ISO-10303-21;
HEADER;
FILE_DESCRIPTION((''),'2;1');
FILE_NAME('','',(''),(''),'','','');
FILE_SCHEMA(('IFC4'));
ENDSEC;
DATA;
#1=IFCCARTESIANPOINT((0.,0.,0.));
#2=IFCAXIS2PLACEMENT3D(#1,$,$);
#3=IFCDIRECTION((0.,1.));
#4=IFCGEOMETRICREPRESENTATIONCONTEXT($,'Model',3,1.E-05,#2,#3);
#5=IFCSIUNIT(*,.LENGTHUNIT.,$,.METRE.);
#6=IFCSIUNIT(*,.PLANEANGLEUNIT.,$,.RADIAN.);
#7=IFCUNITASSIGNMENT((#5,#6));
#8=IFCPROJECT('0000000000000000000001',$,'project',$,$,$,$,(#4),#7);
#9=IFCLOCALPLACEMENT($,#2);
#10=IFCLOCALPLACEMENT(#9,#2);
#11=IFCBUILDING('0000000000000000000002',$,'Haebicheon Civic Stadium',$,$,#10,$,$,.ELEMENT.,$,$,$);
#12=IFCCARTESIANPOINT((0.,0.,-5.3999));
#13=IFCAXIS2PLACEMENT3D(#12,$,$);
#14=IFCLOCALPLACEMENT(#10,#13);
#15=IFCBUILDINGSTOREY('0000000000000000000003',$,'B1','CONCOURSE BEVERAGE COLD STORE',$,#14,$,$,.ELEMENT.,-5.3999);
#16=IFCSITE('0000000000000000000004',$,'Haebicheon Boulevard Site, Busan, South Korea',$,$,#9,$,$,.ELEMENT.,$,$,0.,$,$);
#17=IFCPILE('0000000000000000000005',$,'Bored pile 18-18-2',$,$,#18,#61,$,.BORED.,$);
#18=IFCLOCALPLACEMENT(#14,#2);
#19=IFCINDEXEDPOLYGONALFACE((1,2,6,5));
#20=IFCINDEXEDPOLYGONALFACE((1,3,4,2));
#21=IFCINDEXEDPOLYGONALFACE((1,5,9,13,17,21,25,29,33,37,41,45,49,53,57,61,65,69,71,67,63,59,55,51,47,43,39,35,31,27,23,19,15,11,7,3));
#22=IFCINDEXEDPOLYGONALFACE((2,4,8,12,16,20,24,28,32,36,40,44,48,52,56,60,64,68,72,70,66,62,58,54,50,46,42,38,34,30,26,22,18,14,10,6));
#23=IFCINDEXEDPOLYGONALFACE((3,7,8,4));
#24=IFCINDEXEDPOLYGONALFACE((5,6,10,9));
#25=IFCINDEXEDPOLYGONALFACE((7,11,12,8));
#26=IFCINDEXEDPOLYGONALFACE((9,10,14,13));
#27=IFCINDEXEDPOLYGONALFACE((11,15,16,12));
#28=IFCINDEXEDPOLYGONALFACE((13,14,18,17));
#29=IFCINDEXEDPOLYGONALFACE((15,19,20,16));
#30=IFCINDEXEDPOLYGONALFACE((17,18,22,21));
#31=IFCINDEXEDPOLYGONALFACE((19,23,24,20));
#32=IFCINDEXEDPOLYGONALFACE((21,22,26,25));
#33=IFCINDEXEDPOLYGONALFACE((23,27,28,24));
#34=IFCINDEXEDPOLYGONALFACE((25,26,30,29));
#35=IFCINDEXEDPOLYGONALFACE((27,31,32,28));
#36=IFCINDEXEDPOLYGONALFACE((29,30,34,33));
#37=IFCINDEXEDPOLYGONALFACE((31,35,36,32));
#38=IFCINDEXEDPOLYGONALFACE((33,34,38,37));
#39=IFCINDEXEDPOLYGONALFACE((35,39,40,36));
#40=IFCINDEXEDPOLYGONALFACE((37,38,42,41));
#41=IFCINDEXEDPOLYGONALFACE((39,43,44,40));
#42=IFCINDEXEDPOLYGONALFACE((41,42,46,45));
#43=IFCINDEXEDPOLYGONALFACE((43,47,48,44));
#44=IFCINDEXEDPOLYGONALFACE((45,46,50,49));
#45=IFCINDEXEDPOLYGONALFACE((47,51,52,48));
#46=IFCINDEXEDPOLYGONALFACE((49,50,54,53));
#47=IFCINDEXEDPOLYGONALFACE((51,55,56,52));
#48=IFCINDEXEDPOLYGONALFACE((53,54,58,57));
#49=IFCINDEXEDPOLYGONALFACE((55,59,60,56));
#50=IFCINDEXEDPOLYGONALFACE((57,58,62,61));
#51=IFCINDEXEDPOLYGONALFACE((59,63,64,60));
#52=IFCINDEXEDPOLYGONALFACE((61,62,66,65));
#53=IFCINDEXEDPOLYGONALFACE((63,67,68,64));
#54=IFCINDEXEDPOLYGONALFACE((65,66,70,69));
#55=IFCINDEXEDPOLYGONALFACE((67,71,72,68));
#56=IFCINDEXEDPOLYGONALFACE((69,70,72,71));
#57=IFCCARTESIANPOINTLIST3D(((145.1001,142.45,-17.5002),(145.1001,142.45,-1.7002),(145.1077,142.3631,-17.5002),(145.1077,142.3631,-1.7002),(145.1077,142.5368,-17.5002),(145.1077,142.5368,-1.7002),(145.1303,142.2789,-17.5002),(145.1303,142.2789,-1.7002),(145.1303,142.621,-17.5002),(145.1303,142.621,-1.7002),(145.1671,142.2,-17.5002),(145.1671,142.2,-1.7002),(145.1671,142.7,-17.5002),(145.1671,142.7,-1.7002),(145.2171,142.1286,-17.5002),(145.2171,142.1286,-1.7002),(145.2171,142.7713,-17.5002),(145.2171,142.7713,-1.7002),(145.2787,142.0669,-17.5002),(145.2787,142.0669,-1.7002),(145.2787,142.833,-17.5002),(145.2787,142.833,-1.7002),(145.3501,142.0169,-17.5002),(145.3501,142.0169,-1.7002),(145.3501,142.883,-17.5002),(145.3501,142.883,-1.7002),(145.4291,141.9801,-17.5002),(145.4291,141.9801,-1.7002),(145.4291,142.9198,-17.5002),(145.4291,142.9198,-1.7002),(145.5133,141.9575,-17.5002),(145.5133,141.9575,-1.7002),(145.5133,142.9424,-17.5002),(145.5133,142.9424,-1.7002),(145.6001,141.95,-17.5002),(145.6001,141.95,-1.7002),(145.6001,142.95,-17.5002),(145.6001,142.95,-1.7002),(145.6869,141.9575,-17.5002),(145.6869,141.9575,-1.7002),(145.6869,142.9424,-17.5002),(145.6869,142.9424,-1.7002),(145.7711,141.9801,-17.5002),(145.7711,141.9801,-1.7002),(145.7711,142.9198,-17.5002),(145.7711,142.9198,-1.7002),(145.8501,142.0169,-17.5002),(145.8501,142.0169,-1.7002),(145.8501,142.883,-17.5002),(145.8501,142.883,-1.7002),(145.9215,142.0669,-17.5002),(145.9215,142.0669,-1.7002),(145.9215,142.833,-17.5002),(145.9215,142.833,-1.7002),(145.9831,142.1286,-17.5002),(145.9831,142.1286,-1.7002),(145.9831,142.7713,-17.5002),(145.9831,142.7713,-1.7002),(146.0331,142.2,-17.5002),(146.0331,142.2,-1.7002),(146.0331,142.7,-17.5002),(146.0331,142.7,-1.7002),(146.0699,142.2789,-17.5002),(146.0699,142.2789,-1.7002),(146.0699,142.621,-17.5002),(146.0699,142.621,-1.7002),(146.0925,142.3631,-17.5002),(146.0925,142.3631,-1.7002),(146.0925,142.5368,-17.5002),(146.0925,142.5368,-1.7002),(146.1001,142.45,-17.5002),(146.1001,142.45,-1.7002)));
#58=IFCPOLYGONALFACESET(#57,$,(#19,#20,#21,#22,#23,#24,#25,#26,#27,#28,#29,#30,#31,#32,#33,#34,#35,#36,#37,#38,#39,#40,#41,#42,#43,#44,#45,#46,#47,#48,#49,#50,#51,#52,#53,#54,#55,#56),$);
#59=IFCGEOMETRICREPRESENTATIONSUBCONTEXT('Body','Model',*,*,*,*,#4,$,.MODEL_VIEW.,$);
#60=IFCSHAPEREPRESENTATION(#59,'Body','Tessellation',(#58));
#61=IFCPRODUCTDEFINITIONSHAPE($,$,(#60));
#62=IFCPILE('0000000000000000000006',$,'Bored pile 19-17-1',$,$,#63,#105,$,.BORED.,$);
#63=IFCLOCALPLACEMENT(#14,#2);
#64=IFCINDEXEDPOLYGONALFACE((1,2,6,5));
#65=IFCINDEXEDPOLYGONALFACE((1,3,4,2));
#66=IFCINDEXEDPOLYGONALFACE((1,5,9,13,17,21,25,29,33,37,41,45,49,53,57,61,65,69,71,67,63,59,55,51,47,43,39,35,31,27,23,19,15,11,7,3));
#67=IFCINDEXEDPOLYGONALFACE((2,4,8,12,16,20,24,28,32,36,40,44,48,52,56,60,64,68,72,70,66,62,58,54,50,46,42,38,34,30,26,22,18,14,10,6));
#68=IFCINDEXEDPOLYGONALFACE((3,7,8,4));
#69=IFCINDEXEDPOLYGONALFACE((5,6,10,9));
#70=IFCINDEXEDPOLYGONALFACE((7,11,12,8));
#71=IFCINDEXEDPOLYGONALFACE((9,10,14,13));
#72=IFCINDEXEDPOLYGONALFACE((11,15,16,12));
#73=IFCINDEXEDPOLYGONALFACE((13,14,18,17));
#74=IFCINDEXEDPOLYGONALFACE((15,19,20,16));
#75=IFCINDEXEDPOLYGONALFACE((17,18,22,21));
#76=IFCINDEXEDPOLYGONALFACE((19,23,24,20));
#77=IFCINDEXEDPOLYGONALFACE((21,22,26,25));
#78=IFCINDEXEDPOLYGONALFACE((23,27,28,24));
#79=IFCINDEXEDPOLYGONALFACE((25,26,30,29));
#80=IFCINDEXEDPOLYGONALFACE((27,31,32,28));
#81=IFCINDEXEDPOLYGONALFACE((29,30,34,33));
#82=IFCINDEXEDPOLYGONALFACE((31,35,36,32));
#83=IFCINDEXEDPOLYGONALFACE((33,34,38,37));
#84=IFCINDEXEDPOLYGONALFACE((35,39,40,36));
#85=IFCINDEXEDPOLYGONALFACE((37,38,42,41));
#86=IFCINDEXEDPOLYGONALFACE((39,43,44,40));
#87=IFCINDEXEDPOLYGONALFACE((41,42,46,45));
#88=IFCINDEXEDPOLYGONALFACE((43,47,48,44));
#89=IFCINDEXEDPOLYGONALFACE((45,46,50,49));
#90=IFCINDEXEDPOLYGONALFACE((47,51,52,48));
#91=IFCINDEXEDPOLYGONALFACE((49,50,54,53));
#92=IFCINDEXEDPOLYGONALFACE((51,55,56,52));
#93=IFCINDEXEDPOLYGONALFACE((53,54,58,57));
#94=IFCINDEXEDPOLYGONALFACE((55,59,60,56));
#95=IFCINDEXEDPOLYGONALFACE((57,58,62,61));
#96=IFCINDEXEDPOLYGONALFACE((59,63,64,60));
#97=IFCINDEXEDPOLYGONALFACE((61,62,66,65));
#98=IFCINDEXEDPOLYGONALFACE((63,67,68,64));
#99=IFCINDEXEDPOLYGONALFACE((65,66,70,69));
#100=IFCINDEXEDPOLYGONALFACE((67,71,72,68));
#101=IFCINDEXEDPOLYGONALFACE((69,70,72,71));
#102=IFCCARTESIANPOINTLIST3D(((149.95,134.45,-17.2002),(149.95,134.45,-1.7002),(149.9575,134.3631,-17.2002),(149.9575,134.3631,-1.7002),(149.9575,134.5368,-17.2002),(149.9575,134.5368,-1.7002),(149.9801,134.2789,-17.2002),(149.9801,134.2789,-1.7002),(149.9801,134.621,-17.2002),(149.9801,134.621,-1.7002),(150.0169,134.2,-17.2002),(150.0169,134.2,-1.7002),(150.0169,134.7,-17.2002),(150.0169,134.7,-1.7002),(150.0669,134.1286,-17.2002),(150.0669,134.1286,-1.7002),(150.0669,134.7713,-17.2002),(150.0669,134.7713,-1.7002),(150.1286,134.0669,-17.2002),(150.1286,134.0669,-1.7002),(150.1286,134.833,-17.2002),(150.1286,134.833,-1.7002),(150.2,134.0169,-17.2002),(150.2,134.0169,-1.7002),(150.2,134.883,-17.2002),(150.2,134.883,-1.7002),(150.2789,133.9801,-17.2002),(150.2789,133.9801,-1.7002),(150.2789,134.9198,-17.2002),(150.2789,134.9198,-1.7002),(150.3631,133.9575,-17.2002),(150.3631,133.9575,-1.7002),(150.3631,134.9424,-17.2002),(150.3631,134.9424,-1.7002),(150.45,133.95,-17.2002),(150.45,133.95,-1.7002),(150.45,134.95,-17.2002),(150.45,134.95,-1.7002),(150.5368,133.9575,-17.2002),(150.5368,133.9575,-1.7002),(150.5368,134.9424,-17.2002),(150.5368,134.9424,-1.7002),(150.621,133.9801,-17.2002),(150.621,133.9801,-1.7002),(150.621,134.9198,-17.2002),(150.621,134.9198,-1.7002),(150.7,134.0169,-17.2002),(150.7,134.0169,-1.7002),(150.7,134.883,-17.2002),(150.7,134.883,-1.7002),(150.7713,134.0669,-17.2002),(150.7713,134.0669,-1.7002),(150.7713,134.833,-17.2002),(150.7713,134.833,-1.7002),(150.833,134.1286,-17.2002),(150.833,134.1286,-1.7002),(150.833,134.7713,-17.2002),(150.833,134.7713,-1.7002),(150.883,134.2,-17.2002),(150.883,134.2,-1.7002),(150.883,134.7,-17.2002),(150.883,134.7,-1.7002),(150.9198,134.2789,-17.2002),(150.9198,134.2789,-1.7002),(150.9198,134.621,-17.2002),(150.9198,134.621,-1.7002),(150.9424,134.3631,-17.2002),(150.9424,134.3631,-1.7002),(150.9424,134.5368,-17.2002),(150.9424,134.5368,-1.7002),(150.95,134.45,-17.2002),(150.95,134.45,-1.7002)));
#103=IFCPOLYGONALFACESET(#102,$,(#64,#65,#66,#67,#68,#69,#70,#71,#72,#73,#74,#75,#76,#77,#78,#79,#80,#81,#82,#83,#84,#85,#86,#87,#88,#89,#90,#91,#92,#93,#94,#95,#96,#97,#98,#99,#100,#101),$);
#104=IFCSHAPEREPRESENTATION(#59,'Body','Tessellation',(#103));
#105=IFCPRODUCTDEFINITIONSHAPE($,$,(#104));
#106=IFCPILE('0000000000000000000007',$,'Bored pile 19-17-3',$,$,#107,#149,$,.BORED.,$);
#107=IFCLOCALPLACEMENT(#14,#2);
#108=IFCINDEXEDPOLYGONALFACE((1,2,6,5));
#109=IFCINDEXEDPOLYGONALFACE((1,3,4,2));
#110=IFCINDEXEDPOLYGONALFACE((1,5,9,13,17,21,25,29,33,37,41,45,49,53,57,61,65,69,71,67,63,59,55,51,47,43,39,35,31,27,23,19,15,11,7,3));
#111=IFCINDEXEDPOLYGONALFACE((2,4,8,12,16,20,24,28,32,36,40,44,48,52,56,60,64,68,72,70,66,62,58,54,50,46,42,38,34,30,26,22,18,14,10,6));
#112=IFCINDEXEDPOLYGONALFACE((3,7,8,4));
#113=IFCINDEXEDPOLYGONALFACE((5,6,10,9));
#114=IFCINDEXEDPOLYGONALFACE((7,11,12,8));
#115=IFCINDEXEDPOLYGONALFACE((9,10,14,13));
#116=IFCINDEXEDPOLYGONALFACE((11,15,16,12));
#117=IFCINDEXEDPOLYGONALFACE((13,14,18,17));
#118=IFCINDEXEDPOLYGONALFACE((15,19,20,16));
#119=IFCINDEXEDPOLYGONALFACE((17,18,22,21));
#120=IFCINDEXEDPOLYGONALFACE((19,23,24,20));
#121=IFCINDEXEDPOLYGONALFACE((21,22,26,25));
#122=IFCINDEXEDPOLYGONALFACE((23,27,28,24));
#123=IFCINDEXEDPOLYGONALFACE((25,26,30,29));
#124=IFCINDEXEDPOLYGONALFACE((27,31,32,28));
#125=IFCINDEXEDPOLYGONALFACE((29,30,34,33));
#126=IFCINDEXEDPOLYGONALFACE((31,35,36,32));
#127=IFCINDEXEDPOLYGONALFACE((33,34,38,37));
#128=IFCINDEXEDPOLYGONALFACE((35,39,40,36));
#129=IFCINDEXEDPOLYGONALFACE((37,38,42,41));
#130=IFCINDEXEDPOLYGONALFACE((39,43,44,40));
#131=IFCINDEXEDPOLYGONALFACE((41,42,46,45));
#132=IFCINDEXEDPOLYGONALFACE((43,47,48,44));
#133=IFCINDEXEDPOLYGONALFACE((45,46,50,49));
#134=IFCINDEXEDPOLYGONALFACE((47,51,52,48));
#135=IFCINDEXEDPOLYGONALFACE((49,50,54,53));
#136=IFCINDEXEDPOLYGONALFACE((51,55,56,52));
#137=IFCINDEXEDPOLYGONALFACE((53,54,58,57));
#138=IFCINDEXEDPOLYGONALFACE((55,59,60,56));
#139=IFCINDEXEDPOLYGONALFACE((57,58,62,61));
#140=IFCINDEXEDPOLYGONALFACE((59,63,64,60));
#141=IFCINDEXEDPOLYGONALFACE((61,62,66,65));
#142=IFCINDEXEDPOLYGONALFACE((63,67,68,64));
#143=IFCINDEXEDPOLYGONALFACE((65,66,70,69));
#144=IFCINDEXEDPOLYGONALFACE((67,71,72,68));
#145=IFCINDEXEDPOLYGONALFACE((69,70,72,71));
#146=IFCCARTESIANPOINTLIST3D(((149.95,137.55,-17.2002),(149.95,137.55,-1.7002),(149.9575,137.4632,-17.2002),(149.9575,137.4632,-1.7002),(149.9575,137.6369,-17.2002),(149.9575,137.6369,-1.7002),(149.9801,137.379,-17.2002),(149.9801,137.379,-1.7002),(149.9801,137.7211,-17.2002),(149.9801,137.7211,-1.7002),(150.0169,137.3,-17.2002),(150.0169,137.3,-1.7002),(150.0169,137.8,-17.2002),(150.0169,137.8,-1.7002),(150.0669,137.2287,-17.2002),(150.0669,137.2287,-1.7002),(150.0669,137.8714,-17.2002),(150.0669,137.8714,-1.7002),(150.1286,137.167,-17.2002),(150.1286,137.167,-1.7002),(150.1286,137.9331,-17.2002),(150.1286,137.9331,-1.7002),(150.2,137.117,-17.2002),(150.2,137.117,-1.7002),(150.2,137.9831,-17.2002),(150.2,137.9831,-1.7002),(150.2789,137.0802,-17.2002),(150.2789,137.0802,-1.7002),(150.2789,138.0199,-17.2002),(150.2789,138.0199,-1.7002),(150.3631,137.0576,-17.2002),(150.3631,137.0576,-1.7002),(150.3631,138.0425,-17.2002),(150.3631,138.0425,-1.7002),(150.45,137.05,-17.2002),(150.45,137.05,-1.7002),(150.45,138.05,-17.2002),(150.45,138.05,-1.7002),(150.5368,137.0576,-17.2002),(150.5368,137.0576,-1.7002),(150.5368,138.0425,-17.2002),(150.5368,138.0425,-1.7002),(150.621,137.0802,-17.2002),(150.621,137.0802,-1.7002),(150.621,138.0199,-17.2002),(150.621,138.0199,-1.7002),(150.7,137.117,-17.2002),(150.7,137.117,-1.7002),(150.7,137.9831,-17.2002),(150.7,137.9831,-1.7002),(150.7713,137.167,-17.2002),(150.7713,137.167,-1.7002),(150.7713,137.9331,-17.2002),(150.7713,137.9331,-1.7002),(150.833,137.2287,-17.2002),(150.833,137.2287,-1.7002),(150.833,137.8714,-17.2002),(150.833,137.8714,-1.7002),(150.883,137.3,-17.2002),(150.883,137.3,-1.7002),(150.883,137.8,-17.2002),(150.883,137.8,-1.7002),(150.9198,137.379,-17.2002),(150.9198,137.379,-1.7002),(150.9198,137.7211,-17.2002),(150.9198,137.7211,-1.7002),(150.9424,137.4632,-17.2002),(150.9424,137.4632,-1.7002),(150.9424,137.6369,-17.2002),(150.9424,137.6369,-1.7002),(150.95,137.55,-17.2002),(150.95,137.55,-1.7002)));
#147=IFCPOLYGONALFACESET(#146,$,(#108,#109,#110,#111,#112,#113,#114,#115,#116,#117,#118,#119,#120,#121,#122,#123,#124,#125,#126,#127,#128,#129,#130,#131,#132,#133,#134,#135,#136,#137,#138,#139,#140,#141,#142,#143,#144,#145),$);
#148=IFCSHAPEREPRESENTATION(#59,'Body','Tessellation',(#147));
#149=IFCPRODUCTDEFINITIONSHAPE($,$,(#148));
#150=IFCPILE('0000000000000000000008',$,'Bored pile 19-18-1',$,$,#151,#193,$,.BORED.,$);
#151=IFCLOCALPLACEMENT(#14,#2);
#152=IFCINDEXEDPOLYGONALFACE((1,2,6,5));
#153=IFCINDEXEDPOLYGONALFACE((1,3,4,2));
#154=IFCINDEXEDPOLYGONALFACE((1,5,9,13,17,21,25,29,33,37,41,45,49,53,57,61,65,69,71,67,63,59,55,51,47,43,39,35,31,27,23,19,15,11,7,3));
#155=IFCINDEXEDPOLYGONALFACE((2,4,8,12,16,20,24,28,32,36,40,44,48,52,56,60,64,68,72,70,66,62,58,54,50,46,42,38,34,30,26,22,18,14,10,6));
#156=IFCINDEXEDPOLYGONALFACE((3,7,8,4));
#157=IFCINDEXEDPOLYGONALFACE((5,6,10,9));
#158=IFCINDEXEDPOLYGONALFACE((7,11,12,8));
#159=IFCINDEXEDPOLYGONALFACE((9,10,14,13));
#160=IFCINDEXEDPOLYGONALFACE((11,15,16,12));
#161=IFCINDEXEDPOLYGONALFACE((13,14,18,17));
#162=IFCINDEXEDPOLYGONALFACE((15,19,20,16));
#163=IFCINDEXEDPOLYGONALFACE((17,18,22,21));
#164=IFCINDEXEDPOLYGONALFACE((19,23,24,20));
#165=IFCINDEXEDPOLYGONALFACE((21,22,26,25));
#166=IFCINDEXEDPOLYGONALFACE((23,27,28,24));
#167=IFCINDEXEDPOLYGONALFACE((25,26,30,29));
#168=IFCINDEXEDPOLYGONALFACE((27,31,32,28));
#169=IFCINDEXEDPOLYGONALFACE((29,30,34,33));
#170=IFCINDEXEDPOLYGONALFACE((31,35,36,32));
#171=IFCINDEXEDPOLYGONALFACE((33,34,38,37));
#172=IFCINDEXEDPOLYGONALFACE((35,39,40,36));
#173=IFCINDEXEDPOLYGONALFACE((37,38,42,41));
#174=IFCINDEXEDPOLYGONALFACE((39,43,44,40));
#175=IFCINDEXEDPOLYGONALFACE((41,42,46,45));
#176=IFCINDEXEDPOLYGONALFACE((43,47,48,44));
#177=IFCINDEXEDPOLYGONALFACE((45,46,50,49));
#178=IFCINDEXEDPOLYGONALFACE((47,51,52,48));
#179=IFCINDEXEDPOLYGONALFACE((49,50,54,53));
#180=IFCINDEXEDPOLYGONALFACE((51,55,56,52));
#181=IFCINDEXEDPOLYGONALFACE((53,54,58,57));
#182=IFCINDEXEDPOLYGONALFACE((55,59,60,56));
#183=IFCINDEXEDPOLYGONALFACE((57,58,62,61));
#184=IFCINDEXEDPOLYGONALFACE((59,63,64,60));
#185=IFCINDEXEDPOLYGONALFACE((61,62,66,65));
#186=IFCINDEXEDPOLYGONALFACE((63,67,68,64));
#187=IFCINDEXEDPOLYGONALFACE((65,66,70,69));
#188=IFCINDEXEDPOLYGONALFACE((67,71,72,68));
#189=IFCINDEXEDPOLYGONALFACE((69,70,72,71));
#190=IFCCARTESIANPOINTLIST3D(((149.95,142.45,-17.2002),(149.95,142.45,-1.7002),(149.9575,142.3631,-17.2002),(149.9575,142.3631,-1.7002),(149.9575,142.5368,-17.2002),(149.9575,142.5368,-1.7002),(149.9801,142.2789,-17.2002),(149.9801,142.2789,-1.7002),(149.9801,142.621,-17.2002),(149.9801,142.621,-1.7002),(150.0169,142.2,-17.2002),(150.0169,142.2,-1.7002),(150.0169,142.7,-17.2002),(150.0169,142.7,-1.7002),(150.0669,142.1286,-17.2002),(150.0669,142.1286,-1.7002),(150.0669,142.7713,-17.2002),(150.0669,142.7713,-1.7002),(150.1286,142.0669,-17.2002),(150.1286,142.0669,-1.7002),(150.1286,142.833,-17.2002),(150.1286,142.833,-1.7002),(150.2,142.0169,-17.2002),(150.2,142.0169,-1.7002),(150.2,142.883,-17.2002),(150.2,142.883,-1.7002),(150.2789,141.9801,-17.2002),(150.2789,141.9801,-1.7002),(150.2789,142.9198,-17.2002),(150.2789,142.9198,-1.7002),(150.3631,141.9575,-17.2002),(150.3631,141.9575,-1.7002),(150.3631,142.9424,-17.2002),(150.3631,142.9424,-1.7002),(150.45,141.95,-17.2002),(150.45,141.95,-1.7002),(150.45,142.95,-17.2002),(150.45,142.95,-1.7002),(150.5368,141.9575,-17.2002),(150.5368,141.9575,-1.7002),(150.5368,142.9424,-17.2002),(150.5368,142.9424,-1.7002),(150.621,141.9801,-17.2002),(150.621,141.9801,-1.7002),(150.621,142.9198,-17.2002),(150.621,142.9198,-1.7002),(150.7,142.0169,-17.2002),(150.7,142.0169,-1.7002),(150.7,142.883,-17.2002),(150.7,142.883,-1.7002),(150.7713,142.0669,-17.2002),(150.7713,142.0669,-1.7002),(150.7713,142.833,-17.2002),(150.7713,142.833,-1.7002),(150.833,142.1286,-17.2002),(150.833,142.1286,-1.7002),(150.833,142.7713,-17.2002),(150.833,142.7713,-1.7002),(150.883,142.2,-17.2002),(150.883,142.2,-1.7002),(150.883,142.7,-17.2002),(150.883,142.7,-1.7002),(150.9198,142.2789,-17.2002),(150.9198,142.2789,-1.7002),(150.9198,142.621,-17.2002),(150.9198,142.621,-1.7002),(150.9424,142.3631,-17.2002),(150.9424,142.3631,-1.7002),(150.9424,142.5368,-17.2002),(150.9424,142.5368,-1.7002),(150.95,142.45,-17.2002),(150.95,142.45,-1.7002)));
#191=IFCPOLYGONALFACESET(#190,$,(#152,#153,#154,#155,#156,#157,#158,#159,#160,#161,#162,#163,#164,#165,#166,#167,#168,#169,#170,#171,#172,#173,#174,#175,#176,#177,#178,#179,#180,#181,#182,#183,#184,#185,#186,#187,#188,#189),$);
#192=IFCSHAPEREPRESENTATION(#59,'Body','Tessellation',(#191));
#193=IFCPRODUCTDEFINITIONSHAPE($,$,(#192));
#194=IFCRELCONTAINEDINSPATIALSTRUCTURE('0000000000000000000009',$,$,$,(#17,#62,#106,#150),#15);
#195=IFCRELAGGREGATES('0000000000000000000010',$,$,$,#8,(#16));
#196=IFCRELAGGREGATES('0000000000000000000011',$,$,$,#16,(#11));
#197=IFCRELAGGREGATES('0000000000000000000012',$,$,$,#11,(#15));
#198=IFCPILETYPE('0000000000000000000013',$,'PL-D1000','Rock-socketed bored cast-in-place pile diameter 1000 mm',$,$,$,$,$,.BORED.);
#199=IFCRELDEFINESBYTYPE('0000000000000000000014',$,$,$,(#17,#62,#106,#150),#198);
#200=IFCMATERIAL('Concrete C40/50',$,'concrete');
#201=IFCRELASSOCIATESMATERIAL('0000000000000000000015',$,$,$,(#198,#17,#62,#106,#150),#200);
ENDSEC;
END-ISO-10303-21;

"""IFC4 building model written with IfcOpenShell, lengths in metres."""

from ifc_helpers import new_model, si_unit, direction, frame, origin, origin_2d, place, context, subcontext, project, spatial, circle, extrude, material, material_profile, profile_set, type_object, element, save


model = new_model("IFC4")

# Units and contexts
model_context = context("Model", 3, precision=1e-05, world=origin(), true_north=direction((0.0, 1.0)))
body_context = subcontext(model_context, "Body", "Model", "MODEL_VIEW")
ifc_project = project(units=[si_unit("LENGTHUNIT", "METRE"), si_unit("PLANEANGLEUNIT", "RADIAN")], contexts=[model_context])

# Site, building, storey
site_placement = place(None, origin())
site = spatial("IfcSite", under=ifc_project, at=site_placement, Name="Haebicheon Boulevard Site, Busan, South Korea", CompositionType="ELEMENT", RefElevation=0.0)
building_placement = place(site_placement, origin())
building = spatial("IfcBuilding", under=site, at=building_placement, Name="Haebicheon Civic Stadium", CompositionType="ELEMENT")
storey_placement = place(building_placement, frame((0.0, 0.0, -5.3999)))
storey = spatial("IfcBuildingStorey", under=building, at=storey_placement, Name="B1", Description="CONCOURSE BEVERAGE COLD STORE", CompositionType="ELEMENT", Elevation=-5.3999)

# Piles
ifc_material_1 = material(Name="Concrete C40/50", Category="concrete")
ifc_material_profile_1 = material_profile(ifc_material_1, circle(Radius=0.5, at=origin_2d()), Name="PILE-D1000")
ifc_profile_set_1 = profile_set([ifc_material_profile_1], Name="Concrete C40/50")
pile_type_1 = type_object("IfcPileType", Name="PL-D1000", Description="Rock-socketed bored cast-in-place pile diameter 1000 mm", PredefinedType="BORED", material=ifc_profile_set_1)
for number, where, z_axis, x_axis, name in (
    (1, (145.6001, 142.45, -1.7002), (0.0, 0.0, -1.0), (1.0, 0.0, 0.0), "Bored pile 18-18-2"),
):
    element("IfcPile", number, at=place(storey_placement, frame(where, z_axis=z_axis, x_axis=x_axis)), inside=storey, type_object=pile_type_1, material=ifc_profile_set_1, Name=name, PredefinedType="BORED", context=body_context, shape_type="SweptSolid", body=[
        extrude(circle(Radius=0.5, at=origin_2d()), origin(), (0.0, 0.0, 1.0), 15.8),
    ])
for number, where, z_axis, x_axis, name in (
    (2, (150.45, 134.45, -1.7002), (0.0, 0.0, -1.0), (1.0, 0.0, 0.0), "Bored pile 19-17-1"),
    (3, (150.45, 137.55, -1.7002), (0.0, 0.0, -1.0), (1.0, 0.0, 0.0), "Bored pile 19-17-3"),
    (4, (150.45, 142.45, -1.7002), (0.0, 0.0, -1.0), (1.0, 0.0, 0.0), "Bored pile 19-18-1"),
):
    element("IfcPile", number, at=place(storey_placement, frame(where, z_axis=z_axis, x_axis=x_axis)), inside=storey, type_object=pile_type_1, material=ifc_profile_set_1, Name=name, PredefinedType="BORED", context=body_context, shape_type="SweptSolid", body=[
        extrude(circle(Radius=0.5, at=origin_2d()), origin(), (0.0, 0.0, 1.0), 15.5),
    ])

save(model, "model.ifc")
